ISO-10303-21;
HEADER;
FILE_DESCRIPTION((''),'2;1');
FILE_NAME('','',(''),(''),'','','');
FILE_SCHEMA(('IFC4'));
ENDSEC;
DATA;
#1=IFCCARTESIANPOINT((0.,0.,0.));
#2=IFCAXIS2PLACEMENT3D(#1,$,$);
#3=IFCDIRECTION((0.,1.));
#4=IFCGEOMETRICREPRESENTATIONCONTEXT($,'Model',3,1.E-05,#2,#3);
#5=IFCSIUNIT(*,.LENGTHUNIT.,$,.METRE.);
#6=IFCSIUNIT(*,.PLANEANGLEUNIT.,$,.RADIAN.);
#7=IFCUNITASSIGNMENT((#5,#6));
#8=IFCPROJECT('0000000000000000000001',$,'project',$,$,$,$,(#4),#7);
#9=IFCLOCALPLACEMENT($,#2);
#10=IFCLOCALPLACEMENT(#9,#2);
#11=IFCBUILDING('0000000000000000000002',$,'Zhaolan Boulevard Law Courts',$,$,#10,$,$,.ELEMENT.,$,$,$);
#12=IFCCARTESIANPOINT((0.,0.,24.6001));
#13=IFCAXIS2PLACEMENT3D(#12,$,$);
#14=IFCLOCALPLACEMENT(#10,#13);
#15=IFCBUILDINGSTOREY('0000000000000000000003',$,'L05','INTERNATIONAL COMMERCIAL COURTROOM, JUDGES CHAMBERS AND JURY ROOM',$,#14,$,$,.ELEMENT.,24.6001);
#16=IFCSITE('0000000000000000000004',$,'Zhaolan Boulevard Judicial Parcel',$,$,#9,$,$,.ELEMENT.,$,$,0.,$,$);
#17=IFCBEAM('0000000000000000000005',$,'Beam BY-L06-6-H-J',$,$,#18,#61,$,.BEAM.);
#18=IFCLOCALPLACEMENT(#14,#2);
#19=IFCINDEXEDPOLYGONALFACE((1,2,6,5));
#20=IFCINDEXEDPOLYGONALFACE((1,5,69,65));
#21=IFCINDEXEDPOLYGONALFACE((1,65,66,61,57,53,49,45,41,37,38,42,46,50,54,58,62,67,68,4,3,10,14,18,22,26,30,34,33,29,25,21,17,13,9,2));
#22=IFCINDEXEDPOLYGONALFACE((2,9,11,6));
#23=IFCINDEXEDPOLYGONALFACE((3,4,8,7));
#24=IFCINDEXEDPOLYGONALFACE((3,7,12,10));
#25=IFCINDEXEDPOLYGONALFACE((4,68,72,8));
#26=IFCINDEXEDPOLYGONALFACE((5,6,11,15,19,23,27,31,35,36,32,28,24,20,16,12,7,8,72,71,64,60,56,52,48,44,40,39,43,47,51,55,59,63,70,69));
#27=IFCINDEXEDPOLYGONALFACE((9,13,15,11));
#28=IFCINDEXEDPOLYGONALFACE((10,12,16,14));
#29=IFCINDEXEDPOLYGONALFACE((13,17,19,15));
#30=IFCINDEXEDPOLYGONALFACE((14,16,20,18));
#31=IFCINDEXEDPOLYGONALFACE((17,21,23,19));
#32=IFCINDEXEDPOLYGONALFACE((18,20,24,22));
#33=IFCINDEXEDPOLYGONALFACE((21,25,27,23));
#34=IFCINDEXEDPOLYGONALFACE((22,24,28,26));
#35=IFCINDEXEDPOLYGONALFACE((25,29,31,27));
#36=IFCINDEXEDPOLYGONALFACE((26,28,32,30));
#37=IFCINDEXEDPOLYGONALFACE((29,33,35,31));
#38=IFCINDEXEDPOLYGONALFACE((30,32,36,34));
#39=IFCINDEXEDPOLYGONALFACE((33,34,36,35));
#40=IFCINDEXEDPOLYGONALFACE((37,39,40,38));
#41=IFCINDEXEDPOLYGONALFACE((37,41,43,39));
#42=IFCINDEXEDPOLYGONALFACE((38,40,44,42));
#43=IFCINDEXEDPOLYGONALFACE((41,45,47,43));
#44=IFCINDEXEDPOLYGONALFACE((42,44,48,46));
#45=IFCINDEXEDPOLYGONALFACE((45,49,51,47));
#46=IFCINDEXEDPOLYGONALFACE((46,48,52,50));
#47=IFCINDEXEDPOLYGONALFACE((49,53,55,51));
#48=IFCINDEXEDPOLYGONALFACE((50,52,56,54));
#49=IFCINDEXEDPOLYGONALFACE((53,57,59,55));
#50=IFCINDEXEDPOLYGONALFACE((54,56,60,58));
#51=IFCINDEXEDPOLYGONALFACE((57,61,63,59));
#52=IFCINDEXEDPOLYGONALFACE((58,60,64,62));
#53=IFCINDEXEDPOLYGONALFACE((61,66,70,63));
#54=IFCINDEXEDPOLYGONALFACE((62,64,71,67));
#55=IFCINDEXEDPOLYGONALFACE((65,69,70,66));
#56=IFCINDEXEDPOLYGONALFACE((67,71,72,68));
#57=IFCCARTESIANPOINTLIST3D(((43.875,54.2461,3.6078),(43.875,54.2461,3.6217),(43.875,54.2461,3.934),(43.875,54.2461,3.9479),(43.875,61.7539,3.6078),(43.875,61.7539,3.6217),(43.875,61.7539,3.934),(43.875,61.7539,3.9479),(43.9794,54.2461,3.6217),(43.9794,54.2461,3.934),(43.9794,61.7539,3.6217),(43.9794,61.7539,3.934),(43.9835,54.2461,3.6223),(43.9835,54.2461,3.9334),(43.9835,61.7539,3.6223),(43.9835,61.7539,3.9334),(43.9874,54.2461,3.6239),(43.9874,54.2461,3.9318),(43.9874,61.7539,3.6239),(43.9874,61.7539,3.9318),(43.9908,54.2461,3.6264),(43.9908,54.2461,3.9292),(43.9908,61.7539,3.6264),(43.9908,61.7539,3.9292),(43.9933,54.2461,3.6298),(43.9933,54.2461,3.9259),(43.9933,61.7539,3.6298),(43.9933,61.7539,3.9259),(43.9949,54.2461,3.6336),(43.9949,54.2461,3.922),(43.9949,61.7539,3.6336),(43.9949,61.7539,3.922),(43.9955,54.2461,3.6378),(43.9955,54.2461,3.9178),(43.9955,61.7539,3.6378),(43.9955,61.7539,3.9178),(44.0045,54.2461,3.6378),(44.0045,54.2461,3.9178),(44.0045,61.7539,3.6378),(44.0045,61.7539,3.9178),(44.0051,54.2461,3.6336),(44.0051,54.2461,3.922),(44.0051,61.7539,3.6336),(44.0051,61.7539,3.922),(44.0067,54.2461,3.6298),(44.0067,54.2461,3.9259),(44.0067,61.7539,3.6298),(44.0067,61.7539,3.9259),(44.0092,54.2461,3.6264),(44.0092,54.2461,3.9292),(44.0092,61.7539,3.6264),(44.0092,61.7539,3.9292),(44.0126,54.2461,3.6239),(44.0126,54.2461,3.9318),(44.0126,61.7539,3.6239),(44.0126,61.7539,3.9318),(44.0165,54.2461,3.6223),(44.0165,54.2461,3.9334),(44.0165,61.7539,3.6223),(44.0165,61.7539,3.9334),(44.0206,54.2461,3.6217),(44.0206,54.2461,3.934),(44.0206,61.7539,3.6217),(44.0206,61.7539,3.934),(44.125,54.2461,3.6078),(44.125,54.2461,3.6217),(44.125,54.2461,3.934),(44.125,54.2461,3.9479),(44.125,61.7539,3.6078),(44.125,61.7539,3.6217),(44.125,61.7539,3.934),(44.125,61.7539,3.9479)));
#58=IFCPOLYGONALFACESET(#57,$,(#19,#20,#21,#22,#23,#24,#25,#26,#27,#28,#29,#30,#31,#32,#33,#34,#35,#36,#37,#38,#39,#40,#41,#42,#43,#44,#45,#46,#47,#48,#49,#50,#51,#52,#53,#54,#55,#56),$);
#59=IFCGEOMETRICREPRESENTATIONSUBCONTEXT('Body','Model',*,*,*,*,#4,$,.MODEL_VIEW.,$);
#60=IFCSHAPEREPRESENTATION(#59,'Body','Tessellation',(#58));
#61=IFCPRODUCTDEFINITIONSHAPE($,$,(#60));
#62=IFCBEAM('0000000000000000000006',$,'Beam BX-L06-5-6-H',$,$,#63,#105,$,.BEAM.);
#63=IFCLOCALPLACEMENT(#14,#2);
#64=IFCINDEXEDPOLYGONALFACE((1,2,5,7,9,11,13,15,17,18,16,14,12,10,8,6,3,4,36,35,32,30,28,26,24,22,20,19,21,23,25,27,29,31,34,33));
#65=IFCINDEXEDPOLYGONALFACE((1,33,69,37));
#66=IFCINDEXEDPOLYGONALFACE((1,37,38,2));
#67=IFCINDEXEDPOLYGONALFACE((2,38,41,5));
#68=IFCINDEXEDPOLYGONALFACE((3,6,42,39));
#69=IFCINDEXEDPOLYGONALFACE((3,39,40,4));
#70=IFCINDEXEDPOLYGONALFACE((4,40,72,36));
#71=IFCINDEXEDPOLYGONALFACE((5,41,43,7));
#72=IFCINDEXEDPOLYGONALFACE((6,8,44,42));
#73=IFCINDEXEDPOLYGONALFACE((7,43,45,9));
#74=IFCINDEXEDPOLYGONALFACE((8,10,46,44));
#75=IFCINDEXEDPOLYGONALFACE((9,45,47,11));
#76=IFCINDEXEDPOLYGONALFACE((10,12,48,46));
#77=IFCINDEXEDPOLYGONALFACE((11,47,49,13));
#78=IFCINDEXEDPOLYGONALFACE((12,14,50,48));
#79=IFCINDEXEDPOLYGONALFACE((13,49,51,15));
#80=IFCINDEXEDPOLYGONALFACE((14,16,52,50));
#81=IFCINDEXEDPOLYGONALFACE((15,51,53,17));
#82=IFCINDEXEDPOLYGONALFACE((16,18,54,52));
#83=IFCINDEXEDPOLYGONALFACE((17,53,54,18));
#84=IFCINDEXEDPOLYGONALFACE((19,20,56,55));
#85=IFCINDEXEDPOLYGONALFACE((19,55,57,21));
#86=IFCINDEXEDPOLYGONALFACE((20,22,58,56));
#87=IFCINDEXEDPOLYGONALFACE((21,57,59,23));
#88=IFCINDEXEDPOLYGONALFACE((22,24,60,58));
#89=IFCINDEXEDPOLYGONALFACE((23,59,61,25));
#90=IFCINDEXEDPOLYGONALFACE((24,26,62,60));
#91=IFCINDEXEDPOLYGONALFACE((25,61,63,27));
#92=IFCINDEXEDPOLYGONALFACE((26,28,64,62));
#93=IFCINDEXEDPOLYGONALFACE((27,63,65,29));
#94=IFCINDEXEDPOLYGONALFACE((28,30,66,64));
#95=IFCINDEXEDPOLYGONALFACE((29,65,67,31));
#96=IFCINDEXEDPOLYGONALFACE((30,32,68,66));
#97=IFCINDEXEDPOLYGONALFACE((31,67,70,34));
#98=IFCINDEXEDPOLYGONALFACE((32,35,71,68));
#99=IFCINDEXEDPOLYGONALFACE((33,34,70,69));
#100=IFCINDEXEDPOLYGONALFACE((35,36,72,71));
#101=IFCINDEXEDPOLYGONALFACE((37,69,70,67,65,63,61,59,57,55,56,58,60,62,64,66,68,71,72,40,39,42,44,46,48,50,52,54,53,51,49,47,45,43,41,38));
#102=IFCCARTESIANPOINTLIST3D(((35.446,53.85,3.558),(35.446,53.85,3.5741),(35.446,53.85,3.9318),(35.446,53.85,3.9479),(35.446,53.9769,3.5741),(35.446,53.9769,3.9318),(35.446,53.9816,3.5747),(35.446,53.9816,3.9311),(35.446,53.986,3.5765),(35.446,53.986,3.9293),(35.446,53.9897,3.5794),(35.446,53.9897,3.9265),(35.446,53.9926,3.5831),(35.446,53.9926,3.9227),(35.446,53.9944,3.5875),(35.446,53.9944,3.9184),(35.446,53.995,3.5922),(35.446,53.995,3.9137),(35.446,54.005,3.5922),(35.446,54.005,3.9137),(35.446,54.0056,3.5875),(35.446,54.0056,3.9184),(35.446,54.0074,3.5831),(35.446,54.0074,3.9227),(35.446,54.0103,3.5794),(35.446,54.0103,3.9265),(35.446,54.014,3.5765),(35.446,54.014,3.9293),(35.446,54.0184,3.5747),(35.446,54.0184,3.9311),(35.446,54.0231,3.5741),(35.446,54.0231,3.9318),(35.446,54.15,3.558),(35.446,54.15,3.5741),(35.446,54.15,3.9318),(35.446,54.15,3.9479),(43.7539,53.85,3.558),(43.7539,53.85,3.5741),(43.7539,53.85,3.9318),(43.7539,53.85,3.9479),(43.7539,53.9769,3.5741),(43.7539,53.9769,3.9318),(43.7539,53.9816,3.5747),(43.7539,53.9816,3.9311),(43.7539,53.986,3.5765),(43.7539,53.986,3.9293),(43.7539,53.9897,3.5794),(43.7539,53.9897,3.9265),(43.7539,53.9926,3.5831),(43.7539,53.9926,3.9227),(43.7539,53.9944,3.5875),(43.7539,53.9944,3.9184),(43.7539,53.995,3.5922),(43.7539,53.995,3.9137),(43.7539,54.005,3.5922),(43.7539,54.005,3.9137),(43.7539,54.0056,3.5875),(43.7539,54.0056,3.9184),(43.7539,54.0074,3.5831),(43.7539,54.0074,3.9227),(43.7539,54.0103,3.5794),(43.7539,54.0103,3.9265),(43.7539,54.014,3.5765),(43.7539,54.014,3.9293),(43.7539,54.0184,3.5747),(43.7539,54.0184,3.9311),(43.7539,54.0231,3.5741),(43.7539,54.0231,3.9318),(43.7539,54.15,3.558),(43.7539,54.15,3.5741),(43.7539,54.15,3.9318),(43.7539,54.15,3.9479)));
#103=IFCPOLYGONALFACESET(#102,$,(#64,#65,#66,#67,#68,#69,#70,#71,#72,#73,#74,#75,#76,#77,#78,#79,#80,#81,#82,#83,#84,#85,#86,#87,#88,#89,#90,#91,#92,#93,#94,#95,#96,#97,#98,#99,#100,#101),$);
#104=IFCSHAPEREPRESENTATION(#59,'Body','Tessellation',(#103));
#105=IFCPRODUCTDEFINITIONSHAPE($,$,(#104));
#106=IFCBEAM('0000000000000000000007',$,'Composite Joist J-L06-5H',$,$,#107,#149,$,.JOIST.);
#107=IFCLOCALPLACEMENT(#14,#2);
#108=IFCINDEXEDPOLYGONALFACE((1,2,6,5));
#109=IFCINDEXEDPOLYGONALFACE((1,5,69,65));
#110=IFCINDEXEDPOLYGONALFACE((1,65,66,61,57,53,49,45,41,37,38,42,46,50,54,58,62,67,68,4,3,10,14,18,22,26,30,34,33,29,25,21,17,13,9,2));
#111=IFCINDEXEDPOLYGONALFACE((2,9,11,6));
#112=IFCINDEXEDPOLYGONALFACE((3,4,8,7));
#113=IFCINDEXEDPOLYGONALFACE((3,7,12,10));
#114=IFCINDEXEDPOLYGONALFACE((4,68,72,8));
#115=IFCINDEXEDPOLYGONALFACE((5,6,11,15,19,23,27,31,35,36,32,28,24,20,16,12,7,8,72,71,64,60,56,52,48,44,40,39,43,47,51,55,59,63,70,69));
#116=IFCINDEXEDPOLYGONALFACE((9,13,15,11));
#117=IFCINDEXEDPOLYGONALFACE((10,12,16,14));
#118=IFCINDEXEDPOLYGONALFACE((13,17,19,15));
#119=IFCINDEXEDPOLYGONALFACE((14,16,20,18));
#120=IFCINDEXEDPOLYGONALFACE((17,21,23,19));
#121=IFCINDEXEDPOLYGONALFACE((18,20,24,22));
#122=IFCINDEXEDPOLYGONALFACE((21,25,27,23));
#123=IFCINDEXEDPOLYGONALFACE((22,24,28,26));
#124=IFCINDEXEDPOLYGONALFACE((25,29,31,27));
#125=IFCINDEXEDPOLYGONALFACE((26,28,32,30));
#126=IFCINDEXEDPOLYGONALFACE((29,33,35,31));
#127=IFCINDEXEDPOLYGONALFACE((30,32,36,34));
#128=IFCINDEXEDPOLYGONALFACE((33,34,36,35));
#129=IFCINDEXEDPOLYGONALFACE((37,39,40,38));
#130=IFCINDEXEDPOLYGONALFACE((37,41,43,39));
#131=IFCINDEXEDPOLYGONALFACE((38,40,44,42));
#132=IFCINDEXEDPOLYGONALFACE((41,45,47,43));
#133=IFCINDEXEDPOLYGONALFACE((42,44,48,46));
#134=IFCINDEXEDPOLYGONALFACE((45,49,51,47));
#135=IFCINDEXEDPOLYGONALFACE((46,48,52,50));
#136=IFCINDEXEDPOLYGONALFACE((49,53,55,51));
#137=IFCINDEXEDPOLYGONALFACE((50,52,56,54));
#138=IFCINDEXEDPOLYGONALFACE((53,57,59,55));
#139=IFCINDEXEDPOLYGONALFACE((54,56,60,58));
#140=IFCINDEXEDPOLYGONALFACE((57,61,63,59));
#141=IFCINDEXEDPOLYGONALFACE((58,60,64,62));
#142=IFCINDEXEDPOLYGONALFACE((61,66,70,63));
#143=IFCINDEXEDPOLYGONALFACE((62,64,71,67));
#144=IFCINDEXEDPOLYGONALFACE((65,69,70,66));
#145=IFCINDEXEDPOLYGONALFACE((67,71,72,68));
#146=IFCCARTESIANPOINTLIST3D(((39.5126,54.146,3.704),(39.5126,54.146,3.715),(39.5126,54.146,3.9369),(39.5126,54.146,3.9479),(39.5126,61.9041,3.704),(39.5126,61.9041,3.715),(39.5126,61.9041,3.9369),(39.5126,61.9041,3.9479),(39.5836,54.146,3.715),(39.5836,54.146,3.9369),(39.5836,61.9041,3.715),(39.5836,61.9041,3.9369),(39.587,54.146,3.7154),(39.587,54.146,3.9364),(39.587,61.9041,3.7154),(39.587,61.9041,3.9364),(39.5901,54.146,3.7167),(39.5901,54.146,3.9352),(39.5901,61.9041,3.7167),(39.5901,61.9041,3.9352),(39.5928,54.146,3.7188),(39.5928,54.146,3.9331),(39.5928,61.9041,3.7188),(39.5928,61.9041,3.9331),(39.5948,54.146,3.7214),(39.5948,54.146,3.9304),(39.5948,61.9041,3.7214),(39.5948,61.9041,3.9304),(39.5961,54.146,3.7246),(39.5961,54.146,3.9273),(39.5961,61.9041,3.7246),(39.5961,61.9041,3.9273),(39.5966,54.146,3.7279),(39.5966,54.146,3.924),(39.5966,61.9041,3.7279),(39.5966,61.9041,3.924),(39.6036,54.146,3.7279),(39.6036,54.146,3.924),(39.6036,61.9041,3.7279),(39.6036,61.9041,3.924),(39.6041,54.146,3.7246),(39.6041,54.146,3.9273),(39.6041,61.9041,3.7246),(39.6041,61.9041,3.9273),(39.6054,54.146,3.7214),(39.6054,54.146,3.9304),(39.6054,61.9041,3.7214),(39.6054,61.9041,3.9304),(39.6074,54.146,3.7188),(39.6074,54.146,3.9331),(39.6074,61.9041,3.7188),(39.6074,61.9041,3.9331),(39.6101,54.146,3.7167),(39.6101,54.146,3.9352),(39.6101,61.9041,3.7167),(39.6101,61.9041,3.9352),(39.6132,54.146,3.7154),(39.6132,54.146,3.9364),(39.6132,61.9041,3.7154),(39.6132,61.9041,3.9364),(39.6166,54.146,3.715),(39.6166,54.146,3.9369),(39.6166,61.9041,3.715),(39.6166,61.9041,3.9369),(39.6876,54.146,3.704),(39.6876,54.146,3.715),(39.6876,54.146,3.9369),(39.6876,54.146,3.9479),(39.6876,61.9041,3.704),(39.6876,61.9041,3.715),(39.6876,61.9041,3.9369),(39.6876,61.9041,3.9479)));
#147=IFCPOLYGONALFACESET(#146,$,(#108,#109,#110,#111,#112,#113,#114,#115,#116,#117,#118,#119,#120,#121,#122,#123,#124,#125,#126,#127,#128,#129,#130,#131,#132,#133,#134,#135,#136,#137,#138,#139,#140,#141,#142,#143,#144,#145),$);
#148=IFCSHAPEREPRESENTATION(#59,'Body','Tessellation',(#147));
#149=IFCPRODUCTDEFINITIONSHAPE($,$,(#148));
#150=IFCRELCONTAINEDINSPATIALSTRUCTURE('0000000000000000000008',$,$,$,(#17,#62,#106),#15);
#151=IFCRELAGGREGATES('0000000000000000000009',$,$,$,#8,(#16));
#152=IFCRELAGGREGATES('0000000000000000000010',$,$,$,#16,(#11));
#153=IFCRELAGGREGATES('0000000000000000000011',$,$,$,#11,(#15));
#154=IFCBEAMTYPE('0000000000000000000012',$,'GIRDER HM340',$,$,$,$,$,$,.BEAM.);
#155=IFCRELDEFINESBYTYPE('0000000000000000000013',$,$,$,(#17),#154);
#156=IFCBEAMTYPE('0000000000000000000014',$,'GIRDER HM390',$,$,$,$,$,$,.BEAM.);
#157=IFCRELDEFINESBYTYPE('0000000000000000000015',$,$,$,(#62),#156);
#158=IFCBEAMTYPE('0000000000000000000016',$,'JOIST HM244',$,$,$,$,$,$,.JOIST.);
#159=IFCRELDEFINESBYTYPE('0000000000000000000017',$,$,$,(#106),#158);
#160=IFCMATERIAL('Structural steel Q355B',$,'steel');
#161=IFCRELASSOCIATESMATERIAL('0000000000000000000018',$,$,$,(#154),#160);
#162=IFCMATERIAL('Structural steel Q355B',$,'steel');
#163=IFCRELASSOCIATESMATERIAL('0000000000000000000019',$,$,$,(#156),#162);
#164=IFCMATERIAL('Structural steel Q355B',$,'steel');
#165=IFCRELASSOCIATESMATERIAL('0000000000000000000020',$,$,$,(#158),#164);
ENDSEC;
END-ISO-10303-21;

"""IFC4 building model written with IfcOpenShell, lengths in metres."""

from ifc_helpers import new_model, si_unit, direction, frame, origin, origin_2d, place, context, subcontext, project, spatial, i_section, extrude, material, material_profile, profile_set, type_object, element, save


model = new_model("IFC4")

# Units and contexts
model_context = context("Model", 3, precision=1e-05, world=origin(), true_north=direction((0.0, 1.0)))
body_context = subcontext(model_context, "Body", "Model", "MODEL_VIEW")
ifc_project = project(units=[si_unit("LENGTHUNIT", "METRE"), si_unit("PLANEANGLEUNIT", "RADIAN")], contexts=[model_context])

# Site, building, storey
site_placement = place(None, origin())
site = spatial("IfcSite", under=ifc_project, at=site_placement, Name="Zhaolan Boulevard Judicial Parcel", CompositionType="ELEMENT", RefElevation=0.0)
building_placement = place(site_placement, origin())
building = spatial("IfcBuilding", under=site, at=building_placement, Name="Zhaolan Boulevard Law Courts", CompositionType="ELEMENT")
storey_placement = place(building_placement, frame((0.0, 0.0, 24.6001)))
storey = spatial("IfcBuildingStorey", under=building, at=storey_placement, Name="L05", Description="INTERNATIONAL COMMERCIAL COURTROOM, JUDGES CHAMBERS AND JURY ROOM", CompositionType="ELEMENT", Elevation=24.6001)

# Beams
ifc_material_1 = material(Name="Structural steel Q355B", Category="steel")
ifc_material_profile_1 = material_profile(ifc_material_1, i_section(OverallWidth=0.25, OverallDepth=0.3401, WebThickness=0.009, FlangeThickness=0.0139, FilletRadius=0.0161, at=origin_2d()), Name="HM340x250")
ifc_profile_set_1 = profile_set([ifc_material_profile_1], Name="Structural steel Q355B")
beam_type_1 = type_object("IfcBeamType", Name="GIRDER HM340", PredefinedType="BEAM", material=ifc_profile_set_1)
for number, where, z_axis, x_axis, name in (
    (1, (44.0, 54.2461, 3.7778), (0.0, 1.0, 0.0), (-1.0, 0.0, 0.0), "Beam BY-L06-6-H-J"),
):
    element("IfcBeam", number, at=place(storey_placement, frame(where, z_axis=z_axis, x_axis=x_axis)), inside=storey, type_object=beam_type_1, Name=name, PredefinedType="BEAM", context=body_context, shape_type="SweptSolid", body=[
        extrude(i_section(OverallWidth=0.25, OverallDepth=0.3401, WebThickness=0.009, FlangeThickness=0.0139, FilletRadius=0.0161, at=origin_2d()), origin(), (0.0, 0.0, 1.0), 7.5078),
    ])
ifc_material_2 = material(Name="Structural steel Q355B", Category="steel")
ifc_material_profile_2 = material_profile(ifc_material_2, i_section(OverallWidth=0.3, OverallDepth=0.3899, WebThickness=0.01, FlangeThickness=0.0161, FilletRadius=0.0181, at=origin_2d()), Name="HM390x300")
ifc_profile_set_2 = profile_set([ifc_material_profile_2], Name="Structural steel Q355B")
beam_type_2 = type_object("IfcBeamType", Name="GIRDER HM390", PredefinedType="BEAM", material=ifc_profile_set_2)
beam_1_placement = place(storey_placement, frame((35.446, 54.0, 3.7529), z_axis=(1.0, 0.0, 0.0), x_axis=(0.0, 1.0, 0.0)))
element("IfcBeam", 2, at=beam_1_placement, inside=storey, type_object=beam_type_2, Name="Beam BX-L06-5-6-H", PredefinedType="BEAM", context=body_context, shape_type="SweptSolid", body=[
    extrude(i_section(OverallWidth=0.3, OverallDepth=0.3899, WebThickness=0.01, FlangeThickness=0.0161, FilletRadius=0.0181, at=origin_2d()), origin(), (0.0, 0.0, 1.0), 8.3079),
])
ifc_material_3 = material(Name="Structural steel Q355B", Category="steel")
ifc_material_profile_3 = material_profile(ifc_material_3, i_section(OverallWidth=0.175, OverallDepth=0.2439, WebThickness=0.0071, FlangeThickness=0.011, FilletRadius=0.0129, at=origin_2d()), Name="HM244x175")
ifc_profile_set_3 = profile_set([ifc_material_profile_3], Name="Structural steel Q355B")
beam_type_3 = type_object("IfcBeamType", Name="JOIST HM244", PredefinedType="JOIST", material=ifc_profile_set_3)
beam_2_placement = place(storey_placement, frame((39.6001, 54.146, 3.8259), z_axis=(0.0, 1.0, 0.0), x_axis=(-1.0, 0.0, 0.0)))
element("IfcBeam", 3, at=beam_2_placement, inside=storey, type_object=beam_type_3, Name="Composite Joist J-L06-5H", PredefinedType="JOIST", context=body_context, shape_type="SweptSolid", body=[
    extrude(i_section(OverallWidth=0.175, OverallDepth=0.2439, WebThickness=0.0071, FlangeThickness=0.011, FilletRadius=0.0129, at=origin_2d()), origin(), (0.0, 0.0, 1.0), 7.7581),
])

save(model, "model.ifc")
